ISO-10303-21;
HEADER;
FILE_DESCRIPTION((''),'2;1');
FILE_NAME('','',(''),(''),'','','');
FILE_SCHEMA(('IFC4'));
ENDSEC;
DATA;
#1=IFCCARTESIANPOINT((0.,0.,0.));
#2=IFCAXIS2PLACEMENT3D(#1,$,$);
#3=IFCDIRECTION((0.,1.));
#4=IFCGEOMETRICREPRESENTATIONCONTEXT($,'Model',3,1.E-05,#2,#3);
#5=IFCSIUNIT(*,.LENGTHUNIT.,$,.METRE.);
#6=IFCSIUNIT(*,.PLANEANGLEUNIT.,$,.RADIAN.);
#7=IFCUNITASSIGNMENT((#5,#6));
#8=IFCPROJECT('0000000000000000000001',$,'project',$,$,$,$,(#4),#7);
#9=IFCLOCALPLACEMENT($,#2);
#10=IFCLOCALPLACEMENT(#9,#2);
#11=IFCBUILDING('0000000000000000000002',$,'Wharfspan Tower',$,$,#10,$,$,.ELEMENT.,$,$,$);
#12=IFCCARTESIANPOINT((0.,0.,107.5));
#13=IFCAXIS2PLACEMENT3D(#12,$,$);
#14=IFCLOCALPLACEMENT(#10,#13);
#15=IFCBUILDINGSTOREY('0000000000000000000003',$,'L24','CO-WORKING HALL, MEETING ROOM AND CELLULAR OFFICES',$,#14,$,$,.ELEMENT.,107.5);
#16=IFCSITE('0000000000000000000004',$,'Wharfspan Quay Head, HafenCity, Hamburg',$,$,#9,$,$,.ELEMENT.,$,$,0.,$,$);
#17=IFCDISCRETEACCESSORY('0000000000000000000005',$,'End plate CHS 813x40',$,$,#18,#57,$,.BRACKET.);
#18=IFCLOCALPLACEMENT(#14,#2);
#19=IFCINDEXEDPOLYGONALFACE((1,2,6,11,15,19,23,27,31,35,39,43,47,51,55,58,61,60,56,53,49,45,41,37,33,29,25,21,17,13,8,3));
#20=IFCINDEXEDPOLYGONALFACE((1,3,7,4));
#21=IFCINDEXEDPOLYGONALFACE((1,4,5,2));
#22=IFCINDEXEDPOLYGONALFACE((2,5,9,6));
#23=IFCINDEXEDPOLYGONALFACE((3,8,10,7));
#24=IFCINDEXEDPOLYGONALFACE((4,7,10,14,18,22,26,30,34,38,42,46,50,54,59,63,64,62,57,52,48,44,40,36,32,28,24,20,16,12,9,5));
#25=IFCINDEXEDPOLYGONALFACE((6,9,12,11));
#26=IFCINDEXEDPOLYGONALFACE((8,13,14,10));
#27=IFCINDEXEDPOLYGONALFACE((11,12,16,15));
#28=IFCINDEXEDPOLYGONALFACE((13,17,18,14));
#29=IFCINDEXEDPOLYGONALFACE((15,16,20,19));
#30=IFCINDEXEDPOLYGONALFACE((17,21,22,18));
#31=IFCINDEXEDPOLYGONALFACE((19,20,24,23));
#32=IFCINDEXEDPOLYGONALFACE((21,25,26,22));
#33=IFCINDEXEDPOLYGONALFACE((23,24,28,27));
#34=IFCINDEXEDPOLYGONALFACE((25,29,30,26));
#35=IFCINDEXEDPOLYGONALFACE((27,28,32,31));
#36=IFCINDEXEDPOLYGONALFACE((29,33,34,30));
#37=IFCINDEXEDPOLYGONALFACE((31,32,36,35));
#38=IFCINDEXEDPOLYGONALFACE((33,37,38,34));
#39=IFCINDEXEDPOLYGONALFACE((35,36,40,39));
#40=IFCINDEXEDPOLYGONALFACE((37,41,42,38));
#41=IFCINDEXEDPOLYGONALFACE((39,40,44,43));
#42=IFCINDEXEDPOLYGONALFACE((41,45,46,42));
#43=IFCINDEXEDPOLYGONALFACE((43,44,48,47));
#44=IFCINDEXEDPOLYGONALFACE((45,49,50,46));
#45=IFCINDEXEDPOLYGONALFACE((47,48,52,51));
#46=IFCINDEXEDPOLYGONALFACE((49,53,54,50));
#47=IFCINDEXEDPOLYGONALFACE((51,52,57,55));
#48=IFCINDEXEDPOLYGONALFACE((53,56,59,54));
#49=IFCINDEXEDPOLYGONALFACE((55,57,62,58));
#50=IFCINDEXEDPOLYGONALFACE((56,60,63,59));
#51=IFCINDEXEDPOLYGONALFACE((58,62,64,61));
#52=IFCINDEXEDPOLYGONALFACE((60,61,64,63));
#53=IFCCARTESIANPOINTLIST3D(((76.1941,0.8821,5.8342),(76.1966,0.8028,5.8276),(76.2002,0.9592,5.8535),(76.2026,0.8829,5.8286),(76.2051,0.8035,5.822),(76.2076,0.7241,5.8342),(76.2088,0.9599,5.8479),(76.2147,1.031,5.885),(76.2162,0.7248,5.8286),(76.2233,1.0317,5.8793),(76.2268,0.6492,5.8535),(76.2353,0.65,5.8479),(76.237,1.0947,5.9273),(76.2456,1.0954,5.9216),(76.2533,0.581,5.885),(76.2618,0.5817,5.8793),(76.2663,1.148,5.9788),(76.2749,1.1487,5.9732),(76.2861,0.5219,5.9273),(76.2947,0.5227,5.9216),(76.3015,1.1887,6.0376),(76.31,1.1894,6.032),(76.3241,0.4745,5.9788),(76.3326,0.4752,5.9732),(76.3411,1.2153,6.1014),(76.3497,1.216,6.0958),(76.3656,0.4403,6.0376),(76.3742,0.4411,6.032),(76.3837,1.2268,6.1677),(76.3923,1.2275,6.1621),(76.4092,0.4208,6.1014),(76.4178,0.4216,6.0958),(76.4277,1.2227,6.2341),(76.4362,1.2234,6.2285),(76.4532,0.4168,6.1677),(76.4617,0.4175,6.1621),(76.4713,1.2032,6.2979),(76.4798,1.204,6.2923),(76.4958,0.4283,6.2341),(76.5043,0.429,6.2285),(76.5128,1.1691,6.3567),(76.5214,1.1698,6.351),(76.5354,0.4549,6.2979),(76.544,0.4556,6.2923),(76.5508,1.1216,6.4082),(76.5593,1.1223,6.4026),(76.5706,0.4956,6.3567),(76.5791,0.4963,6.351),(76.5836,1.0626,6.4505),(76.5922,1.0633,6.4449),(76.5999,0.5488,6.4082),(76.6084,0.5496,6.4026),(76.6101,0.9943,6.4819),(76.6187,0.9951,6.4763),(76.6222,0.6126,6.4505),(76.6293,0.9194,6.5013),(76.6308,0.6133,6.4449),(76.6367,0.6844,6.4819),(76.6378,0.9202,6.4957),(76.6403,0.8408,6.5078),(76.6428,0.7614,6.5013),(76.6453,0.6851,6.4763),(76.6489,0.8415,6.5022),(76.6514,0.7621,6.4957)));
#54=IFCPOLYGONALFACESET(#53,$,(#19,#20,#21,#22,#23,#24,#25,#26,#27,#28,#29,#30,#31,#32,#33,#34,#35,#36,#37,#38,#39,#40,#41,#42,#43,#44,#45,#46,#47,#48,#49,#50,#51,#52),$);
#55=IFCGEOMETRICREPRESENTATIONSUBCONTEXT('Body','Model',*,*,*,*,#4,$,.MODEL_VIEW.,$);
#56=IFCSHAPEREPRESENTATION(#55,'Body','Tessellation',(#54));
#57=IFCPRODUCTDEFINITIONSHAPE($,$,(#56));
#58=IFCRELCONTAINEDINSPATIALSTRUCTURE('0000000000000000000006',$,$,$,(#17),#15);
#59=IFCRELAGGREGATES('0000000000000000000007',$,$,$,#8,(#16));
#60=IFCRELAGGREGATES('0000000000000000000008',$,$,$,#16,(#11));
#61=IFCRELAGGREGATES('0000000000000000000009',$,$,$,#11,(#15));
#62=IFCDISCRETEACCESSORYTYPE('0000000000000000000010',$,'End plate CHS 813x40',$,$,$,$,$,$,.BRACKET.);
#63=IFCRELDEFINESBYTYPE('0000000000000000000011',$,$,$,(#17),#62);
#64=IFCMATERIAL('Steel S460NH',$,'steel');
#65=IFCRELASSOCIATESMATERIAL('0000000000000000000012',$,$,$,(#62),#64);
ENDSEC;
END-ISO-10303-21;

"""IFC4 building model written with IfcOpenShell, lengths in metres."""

from ifc_helpers import new_model, si_unit, direction, frame, origin, origin_2d, place, context, subcontext, project, spatial, circle, extrude, material, material_profile, profile_set, type_object, element, save


model = new_model("IFC4")

# Units and contexts
model_context = context("Model", 3, precision=1e-05, world=origin(), true_north=direction((0.0, 1.0)))
body_context = subcontext(model_context, "Body", "Model", "MODEL_VIEW")
ifc_project = project(units=[si_unit("LENGTHUNIT", "METRE"), si_unit("PLANEANGLEUNIT", "RADIAN")], contexts=[model_context])

# Site, building, storey
site_placement = place(None, origin())
site = spatial("IfcSite", under=ifc_project, at=site_placement, Name="Wharfspan Quay Head, HafenCity, Hamburg", CompositionType="ELEMENT", RefElevation=0.0)
building_placement = place(site_placement, origin())
building = spatial("IfcBuilding", under=site, at=building_placement, Name="Wharfspan Tower", CompositionType="ELEMENT")
storey_placement = place(building_placement, frame((0.0, 0.0, 107.5)))
storey = spatial("IfcBuildingStorey", under=building, at=storey_placement, Name="L24", Description="CO-WORKING HALL, MEETING ROOM AND CELLULAR OFFICES", CompositionType="ELEMENT", Elevation=107.5)

# Shared definitions
ifc_material_1 = material(Name="Steel S460NH", Category="steel")

# Discrete accessory
ifc_material_profile_1 = material_profile(ifc_material_1, circle(Radius=0.4065, at=origin_2d()))
ifc_profile_set_1 = profile_set([ifc_material_profile_1], Name="Steel S460NH")
discrete_accessory_type = type_object("IfcDiscreteAccessoryType", Name="End plate CHS 813x40", PredefinedType="BRACKET", material=ifc_profile_set_1)
discrete_accessory_1_placement = place(storey_placement, frame((76.427, 0.8225, 6.1621), z_axis=(-0.83357, -0.071449, 0.547774), x_axis=(0.085401, -0.996343, 0.0)))
element("IfcDiscreteAccessory", 1, at=discrete_accessory_1_placement, inside=storey, type_object=discrete_accessory_type, Name="End plate CHS 813x40", PredefinedType="BRACKET", context=body_context, shape_type="SweptSolid", body=[
    extrude(circle(Radius=0.4065, at=origin_2d()), origin(), (0.0, 0.0, 1.0), 0.0103),
])

save(model, "model.ifc")
